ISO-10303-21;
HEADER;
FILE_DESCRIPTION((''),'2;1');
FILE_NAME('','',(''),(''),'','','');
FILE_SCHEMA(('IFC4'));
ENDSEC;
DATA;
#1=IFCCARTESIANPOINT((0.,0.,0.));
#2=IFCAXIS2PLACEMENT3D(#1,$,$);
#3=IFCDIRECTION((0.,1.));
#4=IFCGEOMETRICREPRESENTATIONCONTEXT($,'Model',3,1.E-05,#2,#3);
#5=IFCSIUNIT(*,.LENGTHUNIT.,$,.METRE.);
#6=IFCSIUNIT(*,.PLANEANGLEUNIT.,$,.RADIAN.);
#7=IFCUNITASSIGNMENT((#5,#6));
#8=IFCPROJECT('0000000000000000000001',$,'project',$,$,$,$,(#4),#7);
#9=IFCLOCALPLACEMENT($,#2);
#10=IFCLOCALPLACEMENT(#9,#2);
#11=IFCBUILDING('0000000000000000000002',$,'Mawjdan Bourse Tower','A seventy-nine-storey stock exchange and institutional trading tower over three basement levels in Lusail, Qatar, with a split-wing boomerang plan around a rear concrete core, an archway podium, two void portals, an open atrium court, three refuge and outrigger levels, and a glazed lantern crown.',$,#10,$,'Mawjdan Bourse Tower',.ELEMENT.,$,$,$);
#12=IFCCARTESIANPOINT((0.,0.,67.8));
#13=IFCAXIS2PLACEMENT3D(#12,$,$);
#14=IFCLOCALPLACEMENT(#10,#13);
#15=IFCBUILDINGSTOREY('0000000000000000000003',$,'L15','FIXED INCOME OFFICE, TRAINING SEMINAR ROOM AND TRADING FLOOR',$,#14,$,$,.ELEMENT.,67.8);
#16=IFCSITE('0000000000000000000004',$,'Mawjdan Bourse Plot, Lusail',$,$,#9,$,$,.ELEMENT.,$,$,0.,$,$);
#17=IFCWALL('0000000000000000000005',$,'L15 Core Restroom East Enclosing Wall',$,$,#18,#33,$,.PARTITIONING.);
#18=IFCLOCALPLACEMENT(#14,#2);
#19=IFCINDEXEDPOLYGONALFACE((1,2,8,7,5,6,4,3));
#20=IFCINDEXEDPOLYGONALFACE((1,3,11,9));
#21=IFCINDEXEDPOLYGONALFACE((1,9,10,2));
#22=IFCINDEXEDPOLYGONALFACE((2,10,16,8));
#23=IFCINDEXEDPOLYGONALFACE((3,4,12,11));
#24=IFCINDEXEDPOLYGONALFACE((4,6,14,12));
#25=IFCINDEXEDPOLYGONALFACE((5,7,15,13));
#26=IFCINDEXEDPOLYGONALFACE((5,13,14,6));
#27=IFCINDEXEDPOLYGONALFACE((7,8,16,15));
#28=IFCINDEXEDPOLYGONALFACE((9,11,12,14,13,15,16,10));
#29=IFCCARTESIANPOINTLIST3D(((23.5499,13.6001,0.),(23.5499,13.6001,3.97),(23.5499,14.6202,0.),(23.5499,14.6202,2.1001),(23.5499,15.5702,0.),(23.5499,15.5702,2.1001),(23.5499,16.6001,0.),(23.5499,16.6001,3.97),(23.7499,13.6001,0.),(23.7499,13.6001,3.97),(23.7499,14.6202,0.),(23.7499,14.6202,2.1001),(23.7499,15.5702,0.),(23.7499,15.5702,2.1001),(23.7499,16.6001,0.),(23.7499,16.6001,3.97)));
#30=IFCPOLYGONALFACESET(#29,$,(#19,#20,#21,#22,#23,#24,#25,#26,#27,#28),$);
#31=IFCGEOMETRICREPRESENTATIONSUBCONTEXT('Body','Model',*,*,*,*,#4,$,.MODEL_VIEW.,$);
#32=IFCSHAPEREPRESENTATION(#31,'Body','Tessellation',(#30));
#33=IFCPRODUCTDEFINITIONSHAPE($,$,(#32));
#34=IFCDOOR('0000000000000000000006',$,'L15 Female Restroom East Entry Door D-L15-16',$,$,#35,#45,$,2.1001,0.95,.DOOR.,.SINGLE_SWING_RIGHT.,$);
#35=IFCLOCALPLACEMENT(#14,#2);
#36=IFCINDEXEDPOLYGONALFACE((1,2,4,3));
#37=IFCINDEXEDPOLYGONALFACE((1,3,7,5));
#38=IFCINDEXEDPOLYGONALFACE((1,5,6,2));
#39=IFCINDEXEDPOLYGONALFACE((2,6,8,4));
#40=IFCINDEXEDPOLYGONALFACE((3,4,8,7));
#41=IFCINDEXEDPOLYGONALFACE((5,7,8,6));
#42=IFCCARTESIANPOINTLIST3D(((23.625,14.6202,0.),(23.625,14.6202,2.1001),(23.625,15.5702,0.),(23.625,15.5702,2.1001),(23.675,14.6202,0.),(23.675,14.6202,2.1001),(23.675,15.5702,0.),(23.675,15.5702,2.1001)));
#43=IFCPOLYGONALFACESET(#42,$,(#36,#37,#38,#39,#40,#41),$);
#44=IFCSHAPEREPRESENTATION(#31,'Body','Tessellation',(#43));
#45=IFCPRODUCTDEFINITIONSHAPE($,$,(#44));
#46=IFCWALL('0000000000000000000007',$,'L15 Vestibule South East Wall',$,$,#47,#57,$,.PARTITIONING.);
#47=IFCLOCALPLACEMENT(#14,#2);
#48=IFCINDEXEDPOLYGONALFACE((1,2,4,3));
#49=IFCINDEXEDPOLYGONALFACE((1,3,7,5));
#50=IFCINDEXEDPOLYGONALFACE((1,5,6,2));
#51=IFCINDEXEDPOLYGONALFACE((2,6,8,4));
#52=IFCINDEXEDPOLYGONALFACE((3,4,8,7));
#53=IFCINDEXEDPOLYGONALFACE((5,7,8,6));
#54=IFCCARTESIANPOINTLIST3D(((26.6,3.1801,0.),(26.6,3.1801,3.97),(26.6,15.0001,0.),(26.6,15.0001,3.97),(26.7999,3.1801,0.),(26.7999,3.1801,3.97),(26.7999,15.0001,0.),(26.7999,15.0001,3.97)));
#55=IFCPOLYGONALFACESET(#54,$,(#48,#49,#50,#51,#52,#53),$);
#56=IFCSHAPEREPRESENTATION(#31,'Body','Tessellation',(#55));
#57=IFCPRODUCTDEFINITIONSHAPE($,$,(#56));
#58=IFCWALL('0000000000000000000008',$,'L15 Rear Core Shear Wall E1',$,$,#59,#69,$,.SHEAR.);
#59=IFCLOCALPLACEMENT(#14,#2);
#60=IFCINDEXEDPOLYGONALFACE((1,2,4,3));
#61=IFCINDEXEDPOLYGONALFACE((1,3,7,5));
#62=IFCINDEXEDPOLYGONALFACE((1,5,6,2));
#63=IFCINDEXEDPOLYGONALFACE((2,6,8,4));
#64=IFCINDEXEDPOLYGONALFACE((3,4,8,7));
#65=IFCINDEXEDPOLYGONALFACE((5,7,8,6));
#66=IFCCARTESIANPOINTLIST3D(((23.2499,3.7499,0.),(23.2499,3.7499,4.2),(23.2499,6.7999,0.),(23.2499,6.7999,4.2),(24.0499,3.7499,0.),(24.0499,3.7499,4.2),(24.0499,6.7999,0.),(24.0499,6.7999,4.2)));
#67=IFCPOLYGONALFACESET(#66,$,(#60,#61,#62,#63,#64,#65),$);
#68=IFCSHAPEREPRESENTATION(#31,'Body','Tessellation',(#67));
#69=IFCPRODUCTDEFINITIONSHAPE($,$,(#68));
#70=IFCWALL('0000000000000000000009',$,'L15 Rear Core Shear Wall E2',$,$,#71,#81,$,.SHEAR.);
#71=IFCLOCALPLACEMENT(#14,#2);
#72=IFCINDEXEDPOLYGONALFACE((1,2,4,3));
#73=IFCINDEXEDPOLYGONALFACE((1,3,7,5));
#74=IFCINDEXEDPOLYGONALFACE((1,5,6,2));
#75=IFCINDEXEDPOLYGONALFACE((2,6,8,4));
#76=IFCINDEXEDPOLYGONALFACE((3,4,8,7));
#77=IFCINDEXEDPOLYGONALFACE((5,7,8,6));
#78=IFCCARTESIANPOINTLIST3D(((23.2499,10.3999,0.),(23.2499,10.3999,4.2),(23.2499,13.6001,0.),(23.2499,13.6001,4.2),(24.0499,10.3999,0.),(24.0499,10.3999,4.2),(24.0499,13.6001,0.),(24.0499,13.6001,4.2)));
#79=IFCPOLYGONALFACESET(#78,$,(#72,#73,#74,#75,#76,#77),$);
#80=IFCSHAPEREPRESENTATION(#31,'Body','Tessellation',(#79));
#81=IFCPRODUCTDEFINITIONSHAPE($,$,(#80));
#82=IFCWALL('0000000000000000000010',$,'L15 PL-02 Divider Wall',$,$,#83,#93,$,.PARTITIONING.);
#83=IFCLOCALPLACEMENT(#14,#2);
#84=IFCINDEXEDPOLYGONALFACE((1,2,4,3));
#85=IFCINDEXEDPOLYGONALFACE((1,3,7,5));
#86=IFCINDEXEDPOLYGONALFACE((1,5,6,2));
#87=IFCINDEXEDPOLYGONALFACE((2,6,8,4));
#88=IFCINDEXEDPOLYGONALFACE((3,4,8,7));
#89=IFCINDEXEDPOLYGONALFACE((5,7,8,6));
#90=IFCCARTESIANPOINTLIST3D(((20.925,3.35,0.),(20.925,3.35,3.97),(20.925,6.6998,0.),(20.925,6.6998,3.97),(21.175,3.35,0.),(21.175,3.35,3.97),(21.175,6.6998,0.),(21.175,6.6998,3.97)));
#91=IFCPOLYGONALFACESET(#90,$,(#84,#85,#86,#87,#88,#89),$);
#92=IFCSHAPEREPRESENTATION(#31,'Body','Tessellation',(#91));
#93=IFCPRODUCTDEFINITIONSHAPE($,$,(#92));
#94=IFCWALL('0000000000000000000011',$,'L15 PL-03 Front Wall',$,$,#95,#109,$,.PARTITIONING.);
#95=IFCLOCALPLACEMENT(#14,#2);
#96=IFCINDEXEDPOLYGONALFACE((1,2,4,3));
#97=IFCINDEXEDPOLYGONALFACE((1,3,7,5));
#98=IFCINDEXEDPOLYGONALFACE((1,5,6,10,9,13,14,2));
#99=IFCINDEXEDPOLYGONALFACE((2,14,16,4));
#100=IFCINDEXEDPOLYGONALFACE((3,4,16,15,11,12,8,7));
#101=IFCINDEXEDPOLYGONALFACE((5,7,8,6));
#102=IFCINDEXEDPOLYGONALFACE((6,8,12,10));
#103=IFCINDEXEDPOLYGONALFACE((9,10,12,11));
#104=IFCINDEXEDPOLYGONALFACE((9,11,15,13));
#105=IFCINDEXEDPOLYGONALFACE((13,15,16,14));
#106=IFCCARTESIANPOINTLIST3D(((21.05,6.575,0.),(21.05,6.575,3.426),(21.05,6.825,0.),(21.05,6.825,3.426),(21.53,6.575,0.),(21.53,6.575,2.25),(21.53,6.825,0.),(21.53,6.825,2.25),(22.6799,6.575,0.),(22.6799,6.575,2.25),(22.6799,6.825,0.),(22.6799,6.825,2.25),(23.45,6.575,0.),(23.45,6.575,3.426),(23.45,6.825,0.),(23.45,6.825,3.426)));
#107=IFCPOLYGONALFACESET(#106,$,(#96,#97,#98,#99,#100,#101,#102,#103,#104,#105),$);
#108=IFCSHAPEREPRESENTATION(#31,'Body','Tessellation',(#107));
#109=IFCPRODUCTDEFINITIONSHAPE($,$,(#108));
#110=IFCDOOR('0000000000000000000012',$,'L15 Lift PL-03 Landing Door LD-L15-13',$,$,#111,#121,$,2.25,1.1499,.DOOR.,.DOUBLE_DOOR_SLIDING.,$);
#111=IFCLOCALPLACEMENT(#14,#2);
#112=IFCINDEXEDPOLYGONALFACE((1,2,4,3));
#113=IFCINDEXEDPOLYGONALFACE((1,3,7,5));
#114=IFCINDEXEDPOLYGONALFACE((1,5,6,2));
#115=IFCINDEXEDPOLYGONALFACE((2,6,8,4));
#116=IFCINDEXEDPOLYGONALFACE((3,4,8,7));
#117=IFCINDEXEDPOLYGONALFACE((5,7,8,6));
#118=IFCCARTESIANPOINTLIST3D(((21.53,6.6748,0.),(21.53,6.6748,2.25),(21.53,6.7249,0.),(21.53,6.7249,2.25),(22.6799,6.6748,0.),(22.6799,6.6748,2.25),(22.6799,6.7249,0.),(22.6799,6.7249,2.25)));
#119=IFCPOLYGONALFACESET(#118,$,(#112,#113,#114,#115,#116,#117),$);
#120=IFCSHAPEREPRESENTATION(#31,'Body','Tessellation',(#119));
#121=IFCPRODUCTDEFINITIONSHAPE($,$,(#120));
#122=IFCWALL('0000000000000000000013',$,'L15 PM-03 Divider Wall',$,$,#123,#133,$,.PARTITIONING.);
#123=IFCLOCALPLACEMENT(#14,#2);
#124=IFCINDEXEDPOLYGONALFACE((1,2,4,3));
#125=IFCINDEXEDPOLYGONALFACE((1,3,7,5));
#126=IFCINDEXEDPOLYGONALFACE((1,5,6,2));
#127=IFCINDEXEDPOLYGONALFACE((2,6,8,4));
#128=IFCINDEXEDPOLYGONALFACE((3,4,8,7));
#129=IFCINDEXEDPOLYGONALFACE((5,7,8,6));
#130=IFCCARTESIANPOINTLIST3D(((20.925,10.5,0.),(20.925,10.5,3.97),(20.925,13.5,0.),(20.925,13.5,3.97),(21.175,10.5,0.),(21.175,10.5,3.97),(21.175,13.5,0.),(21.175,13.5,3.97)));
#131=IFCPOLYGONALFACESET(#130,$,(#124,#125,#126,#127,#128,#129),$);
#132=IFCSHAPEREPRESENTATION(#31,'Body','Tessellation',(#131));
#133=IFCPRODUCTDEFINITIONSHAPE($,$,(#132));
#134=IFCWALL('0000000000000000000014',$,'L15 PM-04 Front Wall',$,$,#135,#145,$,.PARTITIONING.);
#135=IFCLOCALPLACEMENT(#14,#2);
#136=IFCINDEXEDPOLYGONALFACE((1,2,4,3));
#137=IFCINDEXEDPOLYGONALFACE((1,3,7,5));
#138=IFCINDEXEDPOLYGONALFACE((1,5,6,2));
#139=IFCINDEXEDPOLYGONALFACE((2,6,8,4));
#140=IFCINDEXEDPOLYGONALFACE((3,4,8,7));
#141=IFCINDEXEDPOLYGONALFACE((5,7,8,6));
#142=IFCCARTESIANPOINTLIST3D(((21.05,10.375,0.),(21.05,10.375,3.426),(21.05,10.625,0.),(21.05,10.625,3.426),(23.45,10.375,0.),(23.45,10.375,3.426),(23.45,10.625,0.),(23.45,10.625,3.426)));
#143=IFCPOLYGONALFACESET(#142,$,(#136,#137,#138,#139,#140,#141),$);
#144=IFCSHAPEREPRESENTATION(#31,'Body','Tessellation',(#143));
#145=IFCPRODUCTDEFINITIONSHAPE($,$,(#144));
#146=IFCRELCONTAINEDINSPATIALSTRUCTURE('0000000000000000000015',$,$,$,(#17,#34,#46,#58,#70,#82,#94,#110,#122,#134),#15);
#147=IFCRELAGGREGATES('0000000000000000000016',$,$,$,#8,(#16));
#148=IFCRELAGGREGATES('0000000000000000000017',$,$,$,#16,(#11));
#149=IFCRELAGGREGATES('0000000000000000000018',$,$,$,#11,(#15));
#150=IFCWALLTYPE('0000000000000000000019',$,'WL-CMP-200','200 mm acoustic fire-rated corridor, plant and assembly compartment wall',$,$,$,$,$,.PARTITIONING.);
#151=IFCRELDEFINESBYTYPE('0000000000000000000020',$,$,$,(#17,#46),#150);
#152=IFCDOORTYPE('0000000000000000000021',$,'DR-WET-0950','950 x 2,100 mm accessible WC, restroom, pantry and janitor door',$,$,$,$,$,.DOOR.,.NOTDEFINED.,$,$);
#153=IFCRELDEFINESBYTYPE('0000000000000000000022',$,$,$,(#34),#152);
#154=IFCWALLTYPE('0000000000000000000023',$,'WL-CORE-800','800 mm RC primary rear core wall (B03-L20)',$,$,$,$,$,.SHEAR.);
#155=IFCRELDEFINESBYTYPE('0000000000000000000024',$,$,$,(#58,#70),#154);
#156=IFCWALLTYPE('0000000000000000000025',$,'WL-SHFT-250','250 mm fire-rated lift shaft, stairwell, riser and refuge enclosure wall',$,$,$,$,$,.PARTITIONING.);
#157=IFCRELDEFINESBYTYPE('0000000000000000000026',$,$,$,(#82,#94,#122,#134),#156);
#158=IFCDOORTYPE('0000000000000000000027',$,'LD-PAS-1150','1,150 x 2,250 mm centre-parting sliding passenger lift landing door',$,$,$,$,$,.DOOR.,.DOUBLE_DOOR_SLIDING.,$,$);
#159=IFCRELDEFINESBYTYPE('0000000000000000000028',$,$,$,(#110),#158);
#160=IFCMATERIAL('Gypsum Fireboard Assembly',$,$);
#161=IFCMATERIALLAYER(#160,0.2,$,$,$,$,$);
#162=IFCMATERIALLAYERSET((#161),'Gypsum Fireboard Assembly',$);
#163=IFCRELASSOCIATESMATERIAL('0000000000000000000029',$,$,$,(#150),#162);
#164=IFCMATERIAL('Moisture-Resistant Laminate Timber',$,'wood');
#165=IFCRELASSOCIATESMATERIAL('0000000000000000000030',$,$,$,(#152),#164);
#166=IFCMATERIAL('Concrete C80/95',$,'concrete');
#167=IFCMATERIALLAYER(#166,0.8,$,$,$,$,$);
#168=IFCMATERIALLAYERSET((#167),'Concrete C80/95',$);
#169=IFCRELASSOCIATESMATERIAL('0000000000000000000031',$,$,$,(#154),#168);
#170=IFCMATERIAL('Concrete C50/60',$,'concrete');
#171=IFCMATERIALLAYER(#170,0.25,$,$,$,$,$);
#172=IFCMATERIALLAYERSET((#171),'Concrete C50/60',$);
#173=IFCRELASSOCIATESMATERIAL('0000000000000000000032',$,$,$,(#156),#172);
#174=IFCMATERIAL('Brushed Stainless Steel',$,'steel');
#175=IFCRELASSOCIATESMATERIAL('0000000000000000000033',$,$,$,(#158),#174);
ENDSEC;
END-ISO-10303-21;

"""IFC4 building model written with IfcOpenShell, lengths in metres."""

from ifc_helpers import new_model, si_unit, direction, frame, frame_2d, origin, place, context, subcontext, project, spatial, rectangle, extrude, material, layer, layer_set, type_object, element, fill, save


model = new_model("IFC4")

# Units and contexts
model_context = context("Model", 3, precision=1e-05, world=origin(), true_north=direction((0.0, 1.0)))
body_context = subcontext(model_context, "Body", "Model", "MODEL_VIEW")
ifc_project = project(units=[si_unit("LENGTHUNIT", "METRE"), si_unit("PLANEANGLEUNIT", "RADIAN")], contexts=[model_context])

# Site, building, storey
site_placement = place(None, origin())
site = spatial("IfcSite", under=ifc_project, at=site_placement, Name="Mawjdan Bourse Plot, Lusail", CompositionType="ELEMENT", RefElevation=0.0)
building_placement = place(site_placement, origin())
building = spatial("IfcBuilding", under=site, at=building_placement, Name="Mawjdan Bourse Tower", Description="A seventy-nine-storey stock exchange and institutional trading tower over three basement levels in Lusail, Qatar, with a split-wing boomerang plan around a rear concrete core, an archway podium, two void portals, an open atrium court, three refuge and outrigger levels, and a glazed lantern crown.", LongName="Mawjdan Bourse Tower", CompositionType="ELEMENT")
storey_placement = place(building_placement, frame((0.0, 0.0, 67.8)))
storey = spatial("IfcBuildingStorey", under=building, at=storey_placement, Name="L15", Description="FIXED INCOME OFFICE, TRAINING SEMINAR ROOM AND TRADING FLOOR", CompositionType="ELEMENT", Elevation=67.8)

# Shared definitions
ifc_material_1 = material(Name="Concrete C80/95", Category="concrete")

# Wall, opening, door
ifc_material_2 = material(Name="Gypsum Fireboard Assembly")
ifc_layer_1 = layer(ifc_material_2, 0.2)
ifc_layer_set_1 = layer_set([ifc_layer_1], Name="Gypsum Fireboard Assembly")
wall_type_1 = type_object("IfcWallType", Name="WL-CMP-200", Description="200 mm acoustic fire-rated corridor, plant and assembly compartment wall", PredefinedType="PARTITIONING", material=ifc_layer_set_1)
wall_1_placement = place(storey_placement, frame((23.6499, 13.6001, 0.0), z_axis=(0.0, 0.0, 1.0), x_axis=(0.0, 1.0, 0.0)))
wall_1 = element("IfcWall", 1, at=wall_1_placement, inside=storey, type_object=wall_type_1, Name="L15 Core Restroom East Enclosing Wall", PredefinedType="PARTITIONING", context=body_context, shape_type="SweptSolid", body=[
    extrude(rectangle(XDim=3.0, YDim=0.2, at=frame_2d((1.5, 0.0))), origin(), (0.0, 0.0, 1.0), 3.97),
])
opening_1_placement = place(wall_1_placement, frame((1.02, 0.0, 0.0)))
opening_1 = element("IfcOpeningElement", 2, at=opening_1_placement, cuts=wall_1, PredefinedType="OPENING", context=body_context, shape_type="SweptSolid", body=[
    extrude(rectangle(XDim=0.95, YDim=2.1001, at=frame_2d((0.4751, 1.05))), frame((0.0, 0.1099, 0.0), z_axis=(0.0, -1.0, 0.0), x_axis=(1.0, 0.0, 0.0)), (0.0, 0.0, 1.0), 0.22),
])
ifc_material_3 = material(Name="Moisture-Resistant Laminate Timber", Category="wood")
door_type_1 = type_object("IfcDoorType", Name="DR-WET-0950", Description="950 x 2,100 mm accessible WC, restroom, pantry and janitor door", OperationType="NOTDEFINED", PredefinedType="DOOR", material=ifc_material_3)
door_1_placement = place(opening_1_placement, origin())
door_1 = element("IfcDoor", 3, at=door_1_placement, inside=storey, type_object=door_type_1, Name="L15 Female Restroom East Entry Door D-L15-16", OperationType="SINGLE_SWING_RIGHT", OverallHeight=2.1001, OverallWidth=0.95, PredefinedType="DOOR", context=body_context, shape_type="SweptSolid", body=[
    extrude(rectangle(XDim=0.95, YDim=2.1001, at=frame_2d((0.4751, 1.05))), frame((0.0, 0.0249, 0.0), z_axis=(0.0, -1.0, 0.0), x_axis=(1.0, 0.0, 0.0)), (0.0, 0.0, 1.0), 0.05),
])
fill(opening_1, door_1)

# Walls
wall_2_placement = place(storey_placement, frame((26.7, 3.1799, 0.0), z_axis=(0.0, 0.0, 1.0), x_axis=(0.0, 1.0, 0.0)))
element("IfcWall", 4, at=wall_2_placement, inside=storey, type_object=wall_type_1, Name="L15 Vestibule South East Wall", PredefinedType="PARTITIONING", context=body_context, shape_type="SweptSolid", body=[
    extrude(rectangle(XDim=11.8201, YDim=0.2, at=frame_2d((5.9102, 0.0))), origin(), (0.0, 0.0, 1.0), 3.97),
])
ifc_layer_2 = layer(ifc_material_1, 0.8)
ifc_layer_set_2 = layer_set([ifc_layer_2], Name="Concrete C80/95")
wall_type_2 = type_object("IfcWallType", Name="WL-CORE-800", Description="800 mm RC primary rear core wall (B03-L20)", PredefinedType="SHEAR", material=ifc_layer_set_2)
wall_3_placement = place(storey_placement, frame((23.6499, 3.75, 0.0), z_axis=(0.0, 0.0, 1.0), x_axis=(0.0, 1.0, 0.0)))
element("IfcWall", 5, at=wall_3_placement, inside=storey, type_object=wall_type_2, Name="L15 Rear Core Shear Wall E1", PredefinedType="SHEAR", context=body_context, shape_type="SweptSolid", body=[
    extrude(rectangle(XDim=3.05, YDim=0.8, at=frame_2d((1.5249, 0.0))), origin(), (0.0, 0.0, 1.0), 4.2),
])
wall_4_placement = place(storey_placement, frame((23.6499, 10.3999, 0.0), z_axis=(0.0, 0.0, 1.0), x_axis=(0.0, 1.0, 0.0)))
element("IfcWall", 6, at=wall_4_placement, inside=storey, type_object=wall_type_2, Name="L15 Rear Core Shear Wall E2", PredefinedType="SHEAR", context=body_context, shape_type="SweptSolid", body=[
    extrude(rectangle(XDim=3.2002, YDim=0.8, at=frame_2d((1.6001, 0.0))), origin(), (0.0, 0.0, 1.0), 4.2),
])
ifc_material_4 = material(Name="Concrete C50/60", Category="concrete")
ifc_layer_3 = layer(ifc_material_4, 0.25)
ifc_layer_set_3 = layer_set([ifc_layer_3], Name="Concrete C50/60")
wall_type_3 = type_object("IfcWallType", Name="WL-SHFT-250", Description="250 mm fire-rated lift shaft, stairwell, riser and refuge enclosure wall", PredefinedType="PARTITIONING", material=ifc_layer_set_3)
wall_5_placement = place(storey_placement, frame((21.05, 3.3501, 0.0), z_axis=(0.0, 0.0, 1.0), x_axis=(0.0, 1.0, 0.0)))
element("IfcWall", 7, at=wall_5_placement, inside=storey, type_object=wall_type_3, Name="L15 PL-02 Divider Wall", PredefinedType="PARTITIONING", context=body_context, shape_type="SweptSolid", body=[
    extrude(rectangle(XDim=3.3499, YDim=0.25, at=frame_2d((1.6748, 0.0))), origin(), (0.0, 0.0, 1.0), 3.97),
])

# Wall, opening, door
wall_6_placement = place(storey_placement, frame((21.05, 6.7, 0.0), z_axis=(0.0, 0.0, 1.0), x_axis=(1.0, 0.0, 0.0)))
wall_6 = element("IfcWall", 8, at=wall_6_placement, inside=storey, type_object=wall_type_3, Name="L15 PL-03 Front Wall", PredefinedType="PARTITIONING", context=body_context, shape_type="SweptSolid", body=[
    extrude(rectangle(XDim=2.3999, YDim=0.25, at=frame_2d((1.2, 0.0))), origin(), (0.0, 0.0, 1.0), 3.426),
])
opening_2_placement = place(wall_6_placement, frame((0.48, 0.0, 0.0)))
opening_2 = element("IfcOpeningElement", 9, at=opening_2_placement, cuts=wall_6, PredefinedType="OPENING", context=body_context, shape_type="SweptSolid", body=[
    extrude(rectangle(XDim=1.1499, YDim=2.25, at=frame_2d((0.575, 1.125))), frame((0.0, 0.135, 0.0), z_axis=(0.0, -1.0, 0.0), x_axis=(1.0, 0.0, 0.0)), (0.0, 0.0, 1.0), 0.27),
])
ifc_material_5 = material(Name="Brushed Stainless Steel", Category="steel")
door_type_2 = type_object("IfcDoorType", Name="LD-PAS-1150", Description="1,150 x 2,250 mm centre-parting sliding passenger lift landing door", OperationType="DOUBLE_DOOR_SLIDING", PredefinedType="DOOR", material=ifc_material_5)
door_2_placement = place(opening_2_placement, origin())
door_2 = element("IfcDoor", 10, at=door_2_placement, inside=storey, type_object=door_type_2, Name="L15 Lift PL-03 Landing Door LD-L15-13", OperationType="DOUBLE_DOOR_SLIDING", OverallHeight=2.25, OverallWidth=1.1499, PredefinedType="DOOR", context=body_context, shape_type="SweptSolid", body=[
    extrude(rectangle(XDim=1.1499, YDim=2.25, at=frame_2d((0.575, 1.125))), frame((0.0, 0.0249, 0.0), z_axis=(0.0, -1.0, 0.0), x_axis=(1.0, 0.0, 0.0)), (0.0, 0.0, 1.0), 0.05),
])
fill(opening_2, door_2)

# Walls
wall_7_placement = place(storey_placement, frame((21.05, 10.5, 0.0), z_axis=(0.0, 0.0, 1.0), x_axis=(0.0, 1.0, 0.0)))
element("IfcWall", 11, at=wall_7_placement, inside=storey, type_object=wall_type_3, Name="L15 PM-03 Divider Wall", PredefinedType="PARTITIONING", context=body_context, shape_type="SweptSolid", body=[
    extrude(rectangle(XDim=3.0, YDim=0.25, at=frame_2d((1.5, 0.0))), origin(), (0.0, 0.0, 1.0), 3.97),
])
wall_8_placement = place(storey_placement, frame((21.05, 10.5, 0.0), z_axis=(0.0, 0.0, 1.0), x_axis=(1.0, 0.0, 0.0)))
element("IfcWall", 12, at=wall_8_placement, inside=storey, type_object=wall_type_3, Name="L15 PM-04 Front Wall", PredefinedType="PARTITIONING", context=body_context, shape_type="SweptSolid", body=[
    extrude(rectangle(XDim=2.3999, YDim=0.25, at=frame_2d((1.2, 0.0))), origin(), (0.0, 0.0, 1.0), 3.426),
])

save(model, "model.ifc")
